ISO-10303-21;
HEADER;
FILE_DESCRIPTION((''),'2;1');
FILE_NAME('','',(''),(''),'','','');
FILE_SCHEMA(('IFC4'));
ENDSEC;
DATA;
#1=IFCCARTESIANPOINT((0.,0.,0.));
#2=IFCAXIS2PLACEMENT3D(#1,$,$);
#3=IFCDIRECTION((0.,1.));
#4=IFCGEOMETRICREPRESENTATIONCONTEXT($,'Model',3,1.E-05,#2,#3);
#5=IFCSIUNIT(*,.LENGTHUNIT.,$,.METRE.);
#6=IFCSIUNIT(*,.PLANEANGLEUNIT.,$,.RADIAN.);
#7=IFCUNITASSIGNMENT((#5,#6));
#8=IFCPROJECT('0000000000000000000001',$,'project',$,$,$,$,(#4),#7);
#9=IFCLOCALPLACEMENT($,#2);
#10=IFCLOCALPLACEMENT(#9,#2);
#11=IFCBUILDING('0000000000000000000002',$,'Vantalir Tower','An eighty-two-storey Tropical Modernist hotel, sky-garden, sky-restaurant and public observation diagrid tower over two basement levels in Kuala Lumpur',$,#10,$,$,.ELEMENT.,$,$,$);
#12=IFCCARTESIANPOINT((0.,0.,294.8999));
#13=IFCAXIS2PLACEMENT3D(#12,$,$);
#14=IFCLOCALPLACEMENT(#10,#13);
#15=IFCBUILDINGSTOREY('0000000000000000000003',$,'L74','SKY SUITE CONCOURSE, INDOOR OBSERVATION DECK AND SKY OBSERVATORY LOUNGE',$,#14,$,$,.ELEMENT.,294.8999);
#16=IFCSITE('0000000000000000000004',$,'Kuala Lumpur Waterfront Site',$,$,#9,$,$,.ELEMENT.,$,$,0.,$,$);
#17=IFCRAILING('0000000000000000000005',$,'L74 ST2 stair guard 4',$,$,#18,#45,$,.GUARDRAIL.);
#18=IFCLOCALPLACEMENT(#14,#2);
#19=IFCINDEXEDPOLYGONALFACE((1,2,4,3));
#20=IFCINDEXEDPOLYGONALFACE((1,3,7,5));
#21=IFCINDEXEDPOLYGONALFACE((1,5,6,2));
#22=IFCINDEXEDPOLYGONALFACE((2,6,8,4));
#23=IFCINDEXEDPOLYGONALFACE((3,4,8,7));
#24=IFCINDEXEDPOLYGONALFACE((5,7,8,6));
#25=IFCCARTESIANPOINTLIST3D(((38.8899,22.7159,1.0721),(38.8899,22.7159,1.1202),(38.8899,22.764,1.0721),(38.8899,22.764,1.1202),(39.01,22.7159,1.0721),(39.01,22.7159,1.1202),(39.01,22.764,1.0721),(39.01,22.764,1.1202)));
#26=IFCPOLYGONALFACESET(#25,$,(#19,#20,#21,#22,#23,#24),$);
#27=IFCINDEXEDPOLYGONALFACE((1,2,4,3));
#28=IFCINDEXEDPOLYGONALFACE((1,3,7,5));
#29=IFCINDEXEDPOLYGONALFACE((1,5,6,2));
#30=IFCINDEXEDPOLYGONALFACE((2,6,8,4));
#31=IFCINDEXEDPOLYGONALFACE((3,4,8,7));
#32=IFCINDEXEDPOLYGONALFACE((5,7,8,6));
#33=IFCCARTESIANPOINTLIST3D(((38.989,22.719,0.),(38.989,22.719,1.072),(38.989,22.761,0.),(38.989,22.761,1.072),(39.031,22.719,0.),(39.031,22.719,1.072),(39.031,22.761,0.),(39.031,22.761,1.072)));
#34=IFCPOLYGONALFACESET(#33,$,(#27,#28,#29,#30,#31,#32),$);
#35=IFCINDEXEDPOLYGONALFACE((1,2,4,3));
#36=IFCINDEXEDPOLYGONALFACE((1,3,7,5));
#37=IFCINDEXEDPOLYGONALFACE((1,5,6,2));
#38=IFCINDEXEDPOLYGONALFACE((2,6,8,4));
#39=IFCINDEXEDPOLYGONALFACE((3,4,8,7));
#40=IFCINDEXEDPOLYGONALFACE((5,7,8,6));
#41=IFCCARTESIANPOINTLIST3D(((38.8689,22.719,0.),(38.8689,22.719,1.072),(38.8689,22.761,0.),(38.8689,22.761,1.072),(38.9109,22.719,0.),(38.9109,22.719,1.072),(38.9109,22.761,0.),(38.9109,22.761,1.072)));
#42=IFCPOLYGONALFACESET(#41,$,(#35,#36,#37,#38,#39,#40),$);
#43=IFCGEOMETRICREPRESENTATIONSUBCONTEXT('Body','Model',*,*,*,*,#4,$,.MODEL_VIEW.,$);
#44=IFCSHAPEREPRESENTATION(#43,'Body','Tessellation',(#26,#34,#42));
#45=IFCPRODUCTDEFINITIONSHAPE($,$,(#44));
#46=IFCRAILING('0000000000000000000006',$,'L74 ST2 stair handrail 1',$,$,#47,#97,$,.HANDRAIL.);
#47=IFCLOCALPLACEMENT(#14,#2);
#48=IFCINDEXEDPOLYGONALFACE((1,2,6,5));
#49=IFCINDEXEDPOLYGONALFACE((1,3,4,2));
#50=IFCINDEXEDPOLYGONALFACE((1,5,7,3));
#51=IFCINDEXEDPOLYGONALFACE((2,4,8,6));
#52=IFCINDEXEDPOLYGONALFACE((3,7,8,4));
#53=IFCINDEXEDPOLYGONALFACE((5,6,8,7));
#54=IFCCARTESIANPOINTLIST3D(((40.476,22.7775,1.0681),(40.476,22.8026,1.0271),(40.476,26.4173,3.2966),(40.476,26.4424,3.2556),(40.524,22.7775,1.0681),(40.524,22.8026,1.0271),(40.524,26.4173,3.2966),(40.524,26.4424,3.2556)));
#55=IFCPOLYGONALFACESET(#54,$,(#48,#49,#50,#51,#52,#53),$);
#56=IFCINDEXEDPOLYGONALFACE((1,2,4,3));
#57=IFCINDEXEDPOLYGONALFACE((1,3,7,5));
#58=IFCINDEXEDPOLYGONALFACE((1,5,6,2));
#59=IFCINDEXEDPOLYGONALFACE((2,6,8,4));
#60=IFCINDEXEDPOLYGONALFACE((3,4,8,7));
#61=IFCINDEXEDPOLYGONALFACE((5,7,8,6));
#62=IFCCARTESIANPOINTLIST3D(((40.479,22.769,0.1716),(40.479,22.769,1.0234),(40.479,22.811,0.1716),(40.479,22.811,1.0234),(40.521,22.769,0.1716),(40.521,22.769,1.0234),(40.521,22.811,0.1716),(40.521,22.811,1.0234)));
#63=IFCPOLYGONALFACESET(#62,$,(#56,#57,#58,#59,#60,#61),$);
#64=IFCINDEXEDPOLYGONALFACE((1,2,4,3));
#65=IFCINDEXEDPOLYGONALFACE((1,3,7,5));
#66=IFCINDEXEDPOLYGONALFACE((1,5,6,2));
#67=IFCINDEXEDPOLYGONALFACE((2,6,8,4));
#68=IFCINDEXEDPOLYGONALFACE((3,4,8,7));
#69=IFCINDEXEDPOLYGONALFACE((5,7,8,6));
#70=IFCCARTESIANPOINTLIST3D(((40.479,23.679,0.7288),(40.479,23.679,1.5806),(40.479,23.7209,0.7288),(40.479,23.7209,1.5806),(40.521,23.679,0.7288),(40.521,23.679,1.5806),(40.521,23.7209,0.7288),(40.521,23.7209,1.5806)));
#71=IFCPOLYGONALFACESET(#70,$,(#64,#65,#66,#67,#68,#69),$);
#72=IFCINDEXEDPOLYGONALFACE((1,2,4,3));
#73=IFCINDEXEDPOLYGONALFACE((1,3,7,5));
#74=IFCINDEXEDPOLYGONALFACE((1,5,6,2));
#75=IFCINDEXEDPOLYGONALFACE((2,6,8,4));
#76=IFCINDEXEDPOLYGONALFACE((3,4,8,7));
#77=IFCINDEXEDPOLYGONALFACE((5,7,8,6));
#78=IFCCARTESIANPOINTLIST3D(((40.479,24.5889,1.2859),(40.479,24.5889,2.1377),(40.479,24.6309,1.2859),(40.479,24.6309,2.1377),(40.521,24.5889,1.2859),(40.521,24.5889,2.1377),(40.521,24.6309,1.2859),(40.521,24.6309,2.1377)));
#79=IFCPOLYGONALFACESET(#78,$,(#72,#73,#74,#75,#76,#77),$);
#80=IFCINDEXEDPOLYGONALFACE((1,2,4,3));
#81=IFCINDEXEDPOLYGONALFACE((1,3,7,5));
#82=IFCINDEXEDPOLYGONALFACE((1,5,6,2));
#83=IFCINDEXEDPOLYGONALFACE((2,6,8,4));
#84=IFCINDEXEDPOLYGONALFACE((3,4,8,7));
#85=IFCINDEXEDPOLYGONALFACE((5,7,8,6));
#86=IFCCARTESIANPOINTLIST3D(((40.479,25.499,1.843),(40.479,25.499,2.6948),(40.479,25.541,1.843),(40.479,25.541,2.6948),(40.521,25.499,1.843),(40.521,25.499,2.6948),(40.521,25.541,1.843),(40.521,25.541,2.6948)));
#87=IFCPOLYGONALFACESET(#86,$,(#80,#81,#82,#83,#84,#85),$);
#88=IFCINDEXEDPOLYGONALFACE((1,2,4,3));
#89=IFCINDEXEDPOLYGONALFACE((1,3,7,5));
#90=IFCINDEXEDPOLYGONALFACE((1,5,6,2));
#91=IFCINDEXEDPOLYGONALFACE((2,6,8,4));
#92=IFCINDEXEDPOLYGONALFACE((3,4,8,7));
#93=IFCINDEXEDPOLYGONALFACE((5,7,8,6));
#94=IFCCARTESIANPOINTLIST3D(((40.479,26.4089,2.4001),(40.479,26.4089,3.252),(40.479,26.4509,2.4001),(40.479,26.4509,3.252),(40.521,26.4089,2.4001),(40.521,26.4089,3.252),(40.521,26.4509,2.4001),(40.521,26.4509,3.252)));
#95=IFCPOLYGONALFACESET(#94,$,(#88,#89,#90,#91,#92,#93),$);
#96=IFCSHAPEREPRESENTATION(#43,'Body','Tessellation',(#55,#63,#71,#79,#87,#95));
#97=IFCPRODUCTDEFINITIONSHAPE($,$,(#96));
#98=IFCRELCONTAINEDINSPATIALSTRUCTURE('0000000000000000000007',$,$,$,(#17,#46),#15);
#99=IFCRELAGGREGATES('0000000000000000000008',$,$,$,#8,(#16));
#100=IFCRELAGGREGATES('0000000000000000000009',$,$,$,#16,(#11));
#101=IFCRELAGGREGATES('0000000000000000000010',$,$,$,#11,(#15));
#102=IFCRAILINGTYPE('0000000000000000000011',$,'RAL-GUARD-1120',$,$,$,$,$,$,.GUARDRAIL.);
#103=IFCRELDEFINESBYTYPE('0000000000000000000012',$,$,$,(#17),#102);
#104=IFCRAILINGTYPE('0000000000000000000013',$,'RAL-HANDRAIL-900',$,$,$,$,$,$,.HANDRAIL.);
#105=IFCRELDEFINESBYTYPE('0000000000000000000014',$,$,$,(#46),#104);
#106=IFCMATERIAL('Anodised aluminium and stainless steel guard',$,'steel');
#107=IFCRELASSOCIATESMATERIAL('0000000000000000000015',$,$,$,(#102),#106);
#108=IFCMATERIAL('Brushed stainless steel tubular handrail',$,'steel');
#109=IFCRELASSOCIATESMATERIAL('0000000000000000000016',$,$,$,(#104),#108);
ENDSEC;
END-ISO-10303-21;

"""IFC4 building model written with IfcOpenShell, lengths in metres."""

from ifc_helpers import new_model, si_unit, direction, frame, origin, origin_2d, place, context, subcontext, project, spatial, rectangle, extrude, material, type_object, element, save


model = new_model("IFC4")

# Units and contexts
model_context = context("Model", 3, precision=1e-05, world=origin(), true_north=direction((0.0, 1.0)))
body_context = subcontext(model_context, "Body", "Model", "MODEL_VIEW")
ifc_project = project(units=[si_unit("LENGTHUNIT", "METRE"), si_unit("PLANEANGLEUNIT", "RADIAN")], contexts=[model_context])

# Site, building, storey
site_placement = place(None, origin())
site = spatial("IfcSite", under=ifc_project, at=site_placement, Name="Kuala Lumpur Waterfront Site", CompositionType="ELEMENT", RefElevation=0.0)
building_placement = place(site_placement, origin())
building = spatial("IfcBuilding", under=site, at=building_placement, Name="Vantalir Tower", Description="An eighty-two-storey Tropical Modernist hotel, sky-garden, sky-restaurant and public observation diagrid tower over two basement levels in Kuala Lumpur", CompositionType="ELEMENT")
storey_placement = place(building_placement, frame((0.0, 0.0, 294.8999)))
storey = spatial("IfcBuildingStorey", under=building, at=storey_placement, Name="L74", Description="SKY SUITE CONCOURSE, INDOOR OBSERVATION DECK AND SKY OBSERVATORY LOUNGE", CompositionType="ELEMENT", Elevation=294.8999)

# Railings
ifc_material_1 = material(Name="Anodised aluminium and stainless steel guard", Category="steel")
railing_type_1 = type_object("IfcRailingType", Name="RAL-GUARD-1120", PredefinedType="GUARDRAIL", material=ifc_material_1)
railing_1_placement = place(storey_placement, frame((39.01, 22.74, 0.0)))
element("IfcRailing", 1, at=railing_1_placement, inside=storey, type_object=railing_type_1, Name="L74 ST2 stair guard 4", PredefinedType="GUARDRAIL", context=body_context, shape_type="SweptSolid", body=[
    extrude(rectangle(XDim=0.0481, YDim=0.0481, at=origin_2d()), frame((0.0, 0.0, 1.0962), z_axis=(-1.0, 0.0, 0.0), x_axis=(0.0, -1.0, 0.0)), (0.0, 0.0, 1.0), 0.1201),
    extrude(rectangle(XDim=0.042, YDim=0.042, at=origin_2d()), origin(), (0.0, 0.0, 1.0), 1.072),
    extrude(rectangle(XDim=0.042, YDim=0.042, at=origin_2d()), frame((-0.1201, 0.0, 0.0)), (0.0, 0.0, 1.0), 1.072),
])
ifc_material_2 = material(Name="Brushed stainless steel tubular handrail", Category="steel")
railing_type_2 = type_object("IfcRailingType", Name="RAL-HANDRAIL-900", PredefinedType="HANDRAIL", material=ifc_material_2)
railing_2_placement = place(storey_placement, frame((40.5, 22.79, 0.1716)))
element("IfcRailing", 2, at=railing_2_placement, inside=storey, type_object=railing_type_2, Name="L74 ST2 stair handrail 1", PredefinedType="HANDRAIL", context=body_context, shape_type="SweptSolid", body=[
    extrude(rectangle(XDim=0.0481, YDim=0.0481, at=origin_2d()), frame((0.0, 0.0, 0.876), z_axis=(0.0, 0.85285, 0.522156), x_axis=(-1.0, 0.0, 0.0)), (0.0, 0.0, 1.0), 4.2678),
    extrude(rectangle(XDim=0.042, YDim=0.042, at=origin_2d()), origin(), (0.0, 0.0, 1.0), 0.8518),
    extrude(rectangle(XDim=0.042, YDim=0.042, at=origin_2d()), frame((0.0, 0.9099, 0.5571)), (0.0, 0.0, 1.0), 0.8518),
    extrude(rectangle(XDim=0.042, YDim=0.042, at=origin_2d()), frame((0.0, 1.8198, 1.1143)), (0.0, 0.0, 1.0), 0.8518),
    extrude(rectangle(XDim=0.042, YDim=0.042, at=origin_2d()), frame((0.0, 2.73, 1.6714)), (0.0, 0.0, 1.0), 0.8518),
    extrude(rectangle(XDim=0.042, YDim=0.042, at=origin_2d()), frame((0.0, 3.6399, 2.2285)), (0.0, 0.0, 1.0), 0.8518),
])

save(model, "model.ifc")
